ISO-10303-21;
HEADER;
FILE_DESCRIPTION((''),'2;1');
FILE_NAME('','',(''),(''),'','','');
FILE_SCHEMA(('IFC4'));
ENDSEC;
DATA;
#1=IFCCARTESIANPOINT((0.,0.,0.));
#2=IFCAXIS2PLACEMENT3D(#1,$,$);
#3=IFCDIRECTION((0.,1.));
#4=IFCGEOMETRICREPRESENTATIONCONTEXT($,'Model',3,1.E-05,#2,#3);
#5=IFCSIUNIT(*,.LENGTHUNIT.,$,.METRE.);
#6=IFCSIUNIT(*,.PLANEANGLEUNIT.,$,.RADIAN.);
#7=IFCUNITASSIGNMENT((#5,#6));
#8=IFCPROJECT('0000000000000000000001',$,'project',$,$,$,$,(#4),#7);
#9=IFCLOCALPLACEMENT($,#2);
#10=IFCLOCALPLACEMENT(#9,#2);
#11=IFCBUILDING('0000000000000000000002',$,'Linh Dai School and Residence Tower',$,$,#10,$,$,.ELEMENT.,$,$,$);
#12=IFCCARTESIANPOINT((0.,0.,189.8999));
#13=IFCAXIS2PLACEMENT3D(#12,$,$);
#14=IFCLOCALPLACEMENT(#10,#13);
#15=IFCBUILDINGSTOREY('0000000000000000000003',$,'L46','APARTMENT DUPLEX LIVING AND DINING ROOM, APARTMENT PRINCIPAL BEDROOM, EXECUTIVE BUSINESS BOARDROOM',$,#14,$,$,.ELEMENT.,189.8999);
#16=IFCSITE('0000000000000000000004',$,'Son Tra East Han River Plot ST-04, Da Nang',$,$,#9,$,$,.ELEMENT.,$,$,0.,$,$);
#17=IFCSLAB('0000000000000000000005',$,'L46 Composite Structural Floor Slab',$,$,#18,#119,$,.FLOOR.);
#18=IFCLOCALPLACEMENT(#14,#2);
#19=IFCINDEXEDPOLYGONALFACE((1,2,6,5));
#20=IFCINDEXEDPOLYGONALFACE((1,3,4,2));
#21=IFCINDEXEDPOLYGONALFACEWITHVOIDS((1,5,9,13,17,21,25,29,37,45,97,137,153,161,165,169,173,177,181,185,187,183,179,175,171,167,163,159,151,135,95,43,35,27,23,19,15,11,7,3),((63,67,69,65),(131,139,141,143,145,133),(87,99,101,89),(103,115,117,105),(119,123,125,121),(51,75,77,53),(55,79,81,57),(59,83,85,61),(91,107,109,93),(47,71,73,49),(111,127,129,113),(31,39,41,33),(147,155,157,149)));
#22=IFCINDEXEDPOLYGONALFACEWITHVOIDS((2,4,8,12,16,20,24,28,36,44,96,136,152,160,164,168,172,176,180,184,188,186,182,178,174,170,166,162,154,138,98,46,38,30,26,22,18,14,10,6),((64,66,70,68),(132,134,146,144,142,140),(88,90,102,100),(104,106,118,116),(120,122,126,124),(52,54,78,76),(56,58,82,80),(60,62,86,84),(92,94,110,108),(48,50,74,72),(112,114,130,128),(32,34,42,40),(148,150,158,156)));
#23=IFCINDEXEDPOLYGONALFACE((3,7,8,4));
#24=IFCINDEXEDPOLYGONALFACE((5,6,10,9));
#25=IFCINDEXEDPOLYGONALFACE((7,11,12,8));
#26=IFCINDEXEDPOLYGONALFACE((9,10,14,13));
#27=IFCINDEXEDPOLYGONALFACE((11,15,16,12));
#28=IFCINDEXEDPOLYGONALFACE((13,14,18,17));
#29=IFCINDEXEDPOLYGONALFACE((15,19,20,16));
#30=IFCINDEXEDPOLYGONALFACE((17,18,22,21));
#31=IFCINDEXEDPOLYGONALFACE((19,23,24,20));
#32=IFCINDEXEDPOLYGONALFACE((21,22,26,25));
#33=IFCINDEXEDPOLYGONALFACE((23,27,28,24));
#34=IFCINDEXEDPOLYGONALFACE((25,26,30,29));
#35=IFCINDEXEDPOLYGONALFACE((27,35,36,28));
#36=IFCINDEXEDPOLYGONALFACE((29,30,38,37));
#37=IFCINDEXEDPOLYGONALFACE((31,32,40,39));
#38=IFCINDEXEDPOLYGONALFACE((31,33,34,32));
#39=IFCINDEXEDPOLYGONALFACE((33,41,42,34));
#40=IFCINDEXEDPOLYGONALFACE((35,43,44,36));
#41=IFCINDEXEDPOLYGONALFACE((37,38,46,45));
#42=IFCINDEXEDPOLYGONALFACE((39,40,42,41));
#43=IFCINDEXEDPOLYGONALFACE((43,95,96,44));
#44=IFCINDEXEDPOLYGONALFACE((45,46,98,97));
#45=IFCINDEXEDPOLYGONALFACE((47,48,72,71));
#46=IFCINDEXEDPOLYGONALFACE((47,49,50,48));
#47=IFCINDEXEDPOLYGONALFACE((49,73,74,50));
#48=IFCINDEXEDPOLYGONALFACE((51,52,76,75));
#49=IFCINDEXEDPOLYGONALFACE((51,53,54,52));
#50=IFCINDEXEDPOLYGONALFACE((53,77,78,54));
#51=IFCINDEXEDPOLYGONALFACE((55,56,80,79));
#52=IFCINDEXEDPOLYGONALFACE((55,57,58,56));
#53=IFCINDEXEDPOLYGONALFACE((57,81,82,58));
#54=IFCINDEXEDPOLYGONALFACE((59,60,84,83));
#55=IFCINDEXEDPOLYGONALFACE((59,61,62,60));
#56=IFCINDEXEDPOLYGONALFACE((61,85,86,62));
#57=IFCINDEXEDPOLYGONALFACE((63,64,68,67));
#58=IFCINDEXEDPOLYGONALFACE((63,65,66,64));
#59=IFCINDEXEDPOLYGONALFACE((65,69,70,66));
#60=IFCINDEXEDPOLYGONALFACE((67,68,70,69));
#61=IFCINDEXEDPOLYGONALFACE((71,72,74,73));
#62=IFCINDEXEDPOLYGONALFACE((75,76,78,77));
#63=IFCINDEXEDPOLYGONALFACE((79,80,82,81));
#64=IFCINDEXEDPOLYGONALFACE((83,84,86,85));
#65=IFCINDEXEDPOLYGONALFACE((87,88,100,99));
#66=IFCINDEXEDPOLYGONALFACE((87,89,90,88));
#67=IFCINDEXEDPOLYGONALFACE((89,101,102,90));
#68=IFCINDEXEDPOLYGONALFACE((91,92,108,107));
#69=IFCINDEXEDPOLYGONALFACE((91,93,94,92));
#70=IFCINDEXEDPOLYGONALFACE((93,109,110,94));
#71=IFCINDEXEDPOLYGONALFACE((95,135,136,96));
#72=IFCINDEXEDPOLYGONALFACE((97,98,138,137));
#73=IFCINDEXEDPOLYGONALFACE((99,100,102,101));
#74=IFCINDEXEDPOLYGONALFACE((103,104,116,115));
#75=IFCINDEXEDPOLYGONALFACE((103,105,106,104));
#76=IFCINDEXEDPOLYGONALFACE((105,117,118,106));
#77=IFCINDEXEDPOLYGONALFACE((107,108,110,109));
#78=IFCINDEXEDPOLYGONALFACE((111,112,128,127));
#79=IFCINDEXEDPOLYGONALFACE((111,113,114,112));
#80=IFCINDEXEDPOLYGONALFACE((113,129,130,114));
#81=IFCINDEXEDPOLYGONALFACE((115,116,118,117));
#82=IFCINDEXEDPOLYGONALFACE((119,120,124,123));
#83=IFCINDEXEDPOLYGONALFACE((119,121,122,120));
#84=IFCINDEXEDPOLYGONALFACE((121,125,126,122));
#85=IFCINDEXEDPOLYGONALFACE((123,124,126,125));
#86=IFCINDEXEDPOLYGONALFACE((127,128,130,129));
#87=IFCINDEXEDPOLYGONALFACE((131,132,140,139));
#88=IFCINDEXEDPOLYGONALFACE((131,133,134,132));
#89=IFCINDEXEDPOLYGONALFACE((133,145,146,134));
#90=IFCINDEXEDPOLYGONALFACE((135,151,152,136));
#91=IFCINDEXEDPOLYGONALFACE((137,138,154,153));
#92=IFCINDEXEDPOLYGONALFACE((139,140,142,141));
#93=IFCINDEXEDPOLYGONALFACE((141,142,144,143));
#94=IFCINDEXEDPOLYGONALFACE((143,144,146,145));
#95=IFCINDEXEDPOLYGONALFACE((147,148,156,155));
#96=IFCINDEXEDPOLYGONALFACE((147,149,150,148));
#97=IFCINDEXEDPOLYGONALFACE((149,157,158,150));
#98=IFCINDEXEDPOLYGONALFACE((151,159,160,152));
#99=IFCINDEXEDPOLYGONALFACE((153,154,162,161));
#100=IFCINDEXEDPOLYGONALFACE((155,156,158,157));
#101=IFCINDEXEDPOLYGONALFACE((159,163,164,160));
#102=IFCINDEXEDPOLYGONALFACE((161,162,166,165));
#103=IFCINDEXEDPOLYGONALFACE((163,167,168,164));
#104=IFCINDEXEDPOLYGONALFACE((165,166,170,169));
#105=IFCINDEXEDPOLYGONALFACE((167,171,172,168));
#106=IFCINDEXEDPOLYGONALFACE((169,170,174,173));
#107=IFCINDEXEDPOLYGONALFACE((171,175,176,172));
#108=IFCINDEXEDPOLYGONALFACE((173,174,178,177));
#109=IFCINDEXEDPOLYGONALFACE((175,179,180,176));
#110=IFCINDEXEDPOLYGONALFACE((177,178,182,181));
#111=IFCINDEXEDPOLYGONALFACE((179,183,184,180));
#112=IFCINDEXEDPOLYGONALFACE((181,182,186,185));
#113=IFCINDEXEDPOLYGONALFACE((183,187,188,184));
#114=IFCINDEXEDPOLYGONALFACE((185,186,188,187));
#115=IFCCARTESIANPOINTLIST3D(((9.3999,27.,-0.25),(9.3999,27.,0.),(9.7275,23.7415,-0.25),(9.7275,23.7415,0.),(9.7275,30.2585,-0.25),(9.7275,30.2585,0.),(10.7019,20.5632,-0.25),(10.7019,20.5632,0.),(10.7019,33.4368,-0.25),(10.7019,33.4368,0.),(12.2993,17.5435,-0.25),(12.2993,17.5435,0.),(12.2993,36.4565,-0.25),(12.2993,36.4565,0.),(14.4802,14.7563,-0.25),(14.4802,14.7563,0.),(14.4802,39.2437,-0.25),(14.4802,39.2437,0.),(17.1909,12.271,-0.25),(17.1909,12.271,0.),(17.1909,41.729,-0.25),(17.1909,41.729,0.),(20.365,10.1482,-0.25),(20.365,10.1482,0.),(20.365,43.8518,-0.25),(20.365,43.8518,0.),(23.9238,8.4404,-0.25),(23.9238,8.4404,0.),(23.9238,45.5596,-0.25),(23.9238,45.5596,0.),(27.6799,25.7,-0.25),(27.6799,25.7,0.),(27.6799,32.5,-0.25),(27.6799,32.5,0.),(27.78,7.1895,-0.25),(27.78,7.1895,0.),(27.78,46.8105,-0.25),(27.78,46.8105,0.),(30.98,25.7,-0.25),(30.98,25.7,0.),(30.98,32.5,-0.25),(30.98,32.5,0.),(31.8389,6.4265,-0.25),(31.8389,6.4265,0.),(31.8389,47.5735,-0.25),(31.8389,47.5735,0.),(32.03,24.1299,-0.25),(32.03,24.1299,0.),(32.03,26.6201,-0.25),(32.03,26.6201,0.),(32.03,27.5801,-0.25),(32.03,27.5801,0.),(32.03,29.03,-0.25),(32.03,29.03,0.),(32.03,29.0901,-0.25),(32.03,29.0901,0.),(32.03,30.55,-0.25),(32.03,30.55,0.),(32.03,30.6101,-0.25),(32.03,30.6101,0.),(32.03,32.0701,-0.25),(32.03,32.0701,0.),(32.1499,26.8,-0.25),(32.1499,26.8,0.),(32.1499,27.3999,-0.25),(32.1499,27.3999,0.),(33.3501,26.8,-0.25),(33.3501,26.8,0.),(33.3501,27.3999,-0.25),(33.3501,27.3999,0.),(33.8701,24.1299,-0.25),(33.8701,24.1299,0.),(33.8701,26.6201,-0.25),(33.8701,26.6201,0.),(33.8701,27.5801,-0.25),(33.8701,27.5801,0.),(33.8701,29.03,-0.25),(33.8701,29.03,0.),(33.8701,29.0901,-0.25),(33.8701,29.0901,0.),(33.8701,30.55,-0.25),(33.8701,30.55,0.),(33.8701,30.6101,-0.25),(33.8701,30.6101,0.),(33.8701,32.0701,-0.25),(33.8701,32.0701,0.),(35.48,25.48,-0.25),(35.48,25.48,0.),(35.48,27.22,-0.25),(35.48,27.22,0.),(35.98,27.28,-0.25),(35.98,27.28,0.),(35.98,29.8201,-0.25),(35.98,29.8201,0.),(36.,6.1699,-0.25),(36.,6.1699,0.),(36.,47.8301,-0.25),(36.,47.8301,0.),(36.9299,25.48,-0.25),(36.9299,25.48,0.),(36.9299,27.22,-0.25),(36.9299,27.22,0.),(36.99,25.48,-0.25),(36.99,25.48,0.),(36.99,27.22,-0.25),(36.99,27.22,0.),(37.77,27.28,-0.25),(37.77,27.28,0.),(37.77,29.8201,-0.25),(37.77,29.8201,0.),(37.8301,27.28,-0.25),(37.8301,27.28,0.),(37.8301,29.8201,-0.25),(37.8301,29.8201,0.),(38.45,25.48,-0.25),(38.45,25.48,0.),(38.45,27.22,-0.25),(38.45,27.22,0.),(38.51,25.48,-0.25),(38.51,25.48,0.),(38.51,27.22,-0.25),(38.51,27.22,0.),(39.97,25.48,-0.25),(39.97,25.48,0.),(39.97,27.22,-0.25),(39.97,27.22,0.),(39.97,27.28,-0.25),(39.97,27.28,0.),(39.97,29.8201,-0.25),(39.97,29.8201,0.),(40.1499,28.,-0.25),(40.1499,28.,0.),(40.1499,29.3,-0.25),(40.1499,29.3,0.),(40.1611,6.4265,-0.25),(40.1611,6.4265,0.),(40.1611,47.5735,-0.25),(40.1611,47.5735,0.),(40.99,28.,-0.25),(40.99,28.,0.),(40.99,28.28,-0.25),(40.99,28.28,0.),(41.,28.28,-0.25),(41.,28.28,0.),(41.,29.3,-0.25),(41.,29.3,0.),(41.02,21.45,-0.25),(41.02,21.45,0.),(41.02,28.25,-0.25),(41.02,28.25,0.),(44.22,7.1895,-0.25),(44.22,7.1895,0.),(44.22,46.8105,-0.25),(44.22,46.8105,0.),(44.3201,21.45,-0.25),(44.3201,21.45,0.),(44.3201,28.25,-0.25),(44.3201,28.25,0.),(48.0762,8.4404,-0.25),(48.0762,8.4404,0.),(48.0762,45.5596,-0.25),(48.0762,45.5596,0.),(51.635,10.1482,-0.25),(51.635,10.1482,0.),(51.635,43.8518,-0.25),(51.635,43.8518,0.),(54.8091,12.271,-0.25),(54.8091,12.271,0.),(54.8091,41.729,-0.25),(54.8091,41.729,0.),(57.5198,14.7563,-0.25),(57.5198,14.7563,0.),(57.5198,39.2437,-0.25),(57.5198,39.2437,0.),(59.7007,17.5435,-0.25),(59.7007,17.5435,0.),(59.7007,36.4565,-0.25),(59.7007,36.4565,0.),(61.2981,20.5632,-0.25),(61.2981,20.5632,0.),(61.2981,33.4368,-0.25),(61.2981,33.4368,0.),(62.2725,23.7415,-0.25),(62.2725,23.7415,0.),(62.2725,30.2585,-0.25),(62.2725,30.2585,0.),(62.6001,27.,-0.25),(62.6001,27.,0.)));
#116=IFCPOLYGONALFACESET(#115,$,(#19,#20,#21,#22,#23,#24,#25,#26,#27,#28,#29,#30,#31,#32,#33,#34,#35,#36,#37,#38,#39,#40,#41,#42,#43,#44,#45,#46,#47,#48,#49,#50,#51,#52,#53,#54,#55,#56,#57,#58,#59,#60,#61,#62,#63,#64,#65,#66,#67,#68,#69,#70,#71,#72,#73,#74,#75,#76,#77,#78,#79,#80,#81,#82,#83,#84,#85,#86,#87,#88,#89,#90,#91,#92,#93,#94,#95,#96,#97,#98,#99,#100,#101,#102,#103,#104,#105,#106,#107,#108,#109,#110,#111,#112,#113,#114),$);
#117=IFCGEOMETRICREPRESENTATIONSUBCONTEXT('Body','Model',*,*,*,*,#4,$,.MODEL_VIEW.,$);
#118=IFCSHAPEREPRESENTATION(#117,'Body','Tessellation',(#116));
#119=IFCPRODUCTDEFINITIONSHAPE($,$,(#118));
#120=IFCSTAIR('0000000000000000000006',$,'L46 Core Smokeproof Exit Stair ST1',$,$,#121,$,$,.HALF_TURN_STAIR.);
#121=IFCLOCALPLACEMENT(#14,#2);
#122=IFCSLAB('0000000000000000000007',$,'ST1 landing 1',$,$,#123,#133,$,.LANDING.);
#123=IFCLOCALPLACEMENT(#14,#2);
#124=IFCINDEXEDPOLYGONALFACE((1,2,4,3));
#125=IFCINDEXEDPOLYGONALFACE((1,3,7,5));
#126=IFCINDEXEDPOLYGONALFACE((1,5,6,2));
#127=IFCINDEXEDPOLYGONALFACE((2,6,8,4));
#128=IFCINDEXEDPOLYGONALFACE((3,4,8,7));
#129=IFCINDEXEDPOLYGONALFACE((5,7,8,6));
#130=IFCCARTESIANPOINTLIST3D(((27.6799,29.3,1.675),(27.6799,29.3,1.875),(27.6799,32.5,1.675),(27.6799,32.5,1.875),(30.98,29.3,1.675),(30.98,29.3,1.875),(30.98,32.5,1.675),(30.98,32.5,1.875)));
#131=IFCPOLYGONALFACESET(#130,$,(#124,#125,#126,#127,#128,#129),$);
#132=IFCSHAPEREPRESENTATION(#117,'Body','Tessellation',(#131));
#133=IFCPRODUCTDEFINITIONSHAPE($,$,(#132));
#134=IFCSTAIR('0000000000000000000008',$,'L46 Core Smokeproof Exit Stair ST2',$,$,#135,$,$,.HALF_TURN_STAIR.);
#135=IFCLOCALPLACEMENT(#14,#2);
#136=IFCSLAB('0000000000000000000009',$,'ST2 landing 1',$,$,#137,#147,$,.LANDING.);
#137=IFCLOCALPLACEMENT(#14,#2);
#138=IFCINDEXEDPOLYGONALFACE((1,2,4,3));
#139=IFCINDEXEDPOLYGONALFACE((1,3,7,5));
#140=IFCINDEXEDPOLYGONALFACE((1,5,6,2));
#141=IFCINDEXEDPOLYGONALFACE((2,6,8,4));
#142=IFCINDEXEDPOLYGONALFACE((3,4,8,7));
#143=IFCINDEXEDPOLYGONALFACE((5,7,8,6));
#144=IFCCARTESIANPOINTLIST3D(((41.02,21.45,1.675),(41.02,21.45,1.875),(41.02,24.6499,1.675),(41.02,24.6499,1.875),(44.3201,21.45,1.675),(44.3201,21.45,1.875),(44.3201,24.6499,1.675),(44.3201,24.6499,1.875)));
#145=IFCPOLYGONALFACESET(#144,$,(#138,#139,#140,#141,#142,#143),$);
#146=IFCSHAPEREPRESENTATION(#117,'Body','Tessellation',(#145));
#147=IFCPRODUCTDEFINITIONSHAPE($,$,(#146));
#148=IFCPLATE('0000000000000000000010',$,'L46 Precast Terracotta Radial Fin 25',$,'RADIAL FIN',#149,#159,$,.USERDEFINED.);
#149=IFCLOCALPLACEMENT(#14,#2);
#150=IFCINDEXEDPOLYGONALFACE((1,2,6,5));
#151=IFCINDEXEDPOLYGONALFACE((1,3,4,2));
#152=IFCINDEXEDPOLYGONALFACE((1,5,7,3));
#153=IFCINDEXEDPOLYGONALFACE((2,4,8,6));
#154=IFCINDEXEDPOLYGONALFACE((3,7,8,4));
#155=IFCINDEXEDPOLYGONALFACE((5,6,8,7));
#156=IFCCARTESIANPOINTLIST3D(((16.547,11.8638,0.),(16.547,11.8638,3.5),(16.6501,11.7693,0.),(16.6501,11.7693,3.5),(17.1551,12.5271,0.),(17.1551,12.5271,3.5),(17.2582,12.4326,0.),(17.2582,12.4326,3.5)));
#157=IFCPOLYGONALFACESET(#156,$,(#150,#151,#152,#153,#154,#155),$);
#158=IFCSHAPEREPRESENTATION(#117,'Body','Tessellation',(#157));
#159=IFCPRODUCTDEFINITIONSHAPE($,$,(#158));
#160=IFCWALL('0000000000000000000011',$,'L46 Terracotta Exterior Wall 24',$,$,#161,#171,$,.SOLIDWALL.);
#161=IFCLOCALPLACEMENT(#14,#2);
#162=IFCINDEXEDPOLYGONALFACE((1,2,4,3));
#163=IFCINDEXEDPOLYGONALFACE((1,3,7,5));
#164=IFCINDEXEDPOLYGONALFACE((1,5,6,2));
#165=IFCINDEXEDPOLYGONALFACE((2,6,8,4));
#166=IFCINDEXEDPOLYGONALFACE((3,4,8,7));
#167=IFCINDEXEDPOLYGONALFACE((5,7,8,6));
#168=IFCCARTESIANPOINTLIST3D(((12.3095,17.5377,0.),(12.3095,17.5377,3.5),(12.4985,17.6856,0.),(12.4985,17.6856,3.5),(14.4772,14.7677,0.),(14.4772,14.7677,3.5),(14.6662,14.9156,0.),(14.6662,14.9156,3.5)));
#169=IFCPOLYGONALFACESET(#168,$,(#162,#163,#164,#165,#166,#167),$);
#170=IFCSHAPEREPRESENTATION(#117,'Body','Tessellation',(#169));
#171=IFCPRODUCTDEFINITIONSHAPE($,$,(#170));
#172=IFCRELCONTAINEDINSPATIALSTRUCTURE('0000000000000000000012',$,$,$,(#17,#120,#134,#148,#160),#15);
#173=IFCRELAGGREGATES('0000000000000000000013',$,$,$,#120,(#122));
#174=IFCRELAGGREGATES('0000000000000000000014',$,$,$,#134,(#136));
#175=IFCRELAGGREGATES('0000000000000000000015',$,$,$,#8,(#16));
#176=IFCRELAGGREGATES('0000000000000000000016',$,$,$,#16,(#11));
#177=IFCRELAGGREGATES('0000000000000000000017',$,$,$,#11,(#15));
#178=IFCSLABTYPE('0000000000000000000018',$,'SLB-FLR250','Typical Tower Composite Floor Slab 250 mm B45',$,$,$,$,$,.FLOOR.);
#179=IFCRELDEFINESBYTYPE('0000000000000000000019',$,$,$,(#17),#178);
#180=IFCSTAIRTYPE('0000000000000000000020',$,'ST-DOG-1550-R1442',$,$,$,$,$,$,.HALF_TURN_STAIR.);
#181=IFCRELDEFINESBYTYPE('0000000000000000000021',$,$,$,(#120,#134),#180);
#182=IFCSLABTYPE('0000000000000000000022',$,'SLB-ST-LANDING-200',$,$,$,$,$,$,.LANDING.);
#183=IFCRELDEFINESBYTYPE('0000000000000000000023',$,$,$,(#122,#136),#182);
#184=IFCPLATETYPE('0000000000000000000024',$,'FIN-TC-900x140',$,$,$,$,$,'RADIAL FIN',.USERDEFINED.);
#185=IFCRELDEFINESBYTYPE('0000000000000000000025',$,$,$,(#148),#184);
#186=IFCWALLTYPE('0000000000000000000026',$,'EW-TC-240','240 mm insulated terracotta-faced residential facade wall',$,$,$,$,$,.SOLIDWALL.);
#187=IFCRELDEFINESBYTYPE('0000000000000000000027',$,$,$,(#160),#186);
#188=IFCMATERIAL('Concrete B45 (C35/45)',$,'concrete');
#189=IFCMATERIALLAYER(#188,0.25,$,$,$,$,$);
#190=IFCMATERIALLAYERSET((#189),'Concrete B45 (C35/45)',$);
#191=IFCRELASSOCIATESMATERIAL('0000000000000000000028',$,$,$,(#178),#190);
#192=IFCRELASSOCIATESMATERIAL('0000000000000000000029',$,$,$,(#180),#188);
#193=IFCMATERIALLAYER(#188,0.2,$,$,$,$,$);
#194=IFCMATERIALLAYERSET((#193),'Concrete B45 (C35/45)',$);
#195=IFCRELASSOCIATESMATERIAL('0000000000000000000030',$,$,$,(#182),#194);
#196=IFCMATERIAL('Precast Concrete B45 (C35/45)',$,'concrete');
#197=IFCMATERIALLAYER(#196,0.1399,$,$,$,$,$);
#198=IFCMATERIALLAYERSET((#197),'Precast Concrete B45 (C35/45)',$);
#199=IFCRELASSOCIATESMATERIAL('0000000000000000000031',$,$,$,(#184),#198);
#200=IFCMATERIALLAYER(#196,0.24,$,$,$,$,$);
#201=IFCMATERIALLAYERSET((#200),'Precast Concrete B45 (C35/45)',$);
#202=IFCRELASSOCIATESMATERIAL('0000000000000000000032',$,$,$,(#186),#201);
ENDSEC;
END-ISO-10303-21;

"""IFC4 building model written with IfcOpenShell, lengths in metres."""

from ifc_helpers import new_model, si_unit, direction, frame, frame_2d, origin, origin_2d, place, context, subcontext, project, spatial, polyline, rectangle, outline, extrude, source, transform, mapped, material, layer, layer_set, type_object, element, aggregate, save


model = new_model("IFC4")

# Units and contexts
model_context = context("Model", 3, precision=1e-05, world=origin(), true_north=direction((0.0, 1.0)))
body_context = subcontext(model_context, "Body", "Model", "MODEL_VIEW")
ifc_project = project(units=[si_unit("LENGTHUNIT", "METRE"), si_unit("PLANEANGLEUNIT", "RADIAN")], contexts=[model_context])

# Site, building, storey
site_placement = place(None, origin())
site = spatial("IfcSite", under=ifc_project, at=site_placement, Name="Son Tra East Han River Plot ST-04, Da Nang", CompositionType="ELEMENT", RefElevation=0.0)
building_placement = place(site_placement, origin())
building = spatial("IfcBuilding", under=site, at=building_placement, Name="Linh Dai School and Residence Tower", CompositionType="ELEMENT")
storey_placement = place(building_placement, frame((0.0, 0.0, 189.8999)))
storey = spatial("IfcBuildingStorey", under=building, at=storey_placement, Name="L46", Description="APARTMENT DUPLEX LIVING AND DINING ROOM, APARTMENT PRINCIPAL BEDROOM, EXECUTIVE BUSINESS BOARDROOM", CompositionType="ELEMENT", Elevation=189.8999)

# Slab
ifc_material_1 = material(Name="Concrete B45 (C35/45)", Category="concrete")
ifc_layer_1 = layer(ifc_material_1, 0.25)
ifc_layer_set_1 = layer_set([ifc_layer_1], Name="Concrete B45 (C35/45)")
slab_type_1 = type_object("IfcSlabType", Name="SLB-FLR250", Description="Typical Tower Composite Floor Slab 250 mm B45", PredefinedType="FLOOR", material=ifc_layer_set_1)
slab_1_placement = place(storey_placement, frame((0.0, 0.0, -0.25)))
element("IfcSlab", 1, at=slab_1_placement, inside=storey, type_object=slab_type_1, Name="L46 Composite Structural Floor Slab", PredefinedType="FLOOR", context=body_context, shape_type="SweptSolid", body=[
    extrude(outline(polyline([(62.6001, 27.0), (62.2725, 30.2585), (61.2981, 33.4368), (59.7007, 36.4565), (57.5198, 39.2437), (54.8091, 41.729), (51.635, 43.8518), (48.0762, 45.5596), (44.22, 46.8105), (40.1611, 47.5735), (36.0, 47.8301), (31.8389, 47.5735), (27.78, 46.8105), (23.9238, 45.5596), (20.365, 43.8518), (17.1909, 41.729), (14.4802, 39.2437), (12.2993, 36.4565), (10.7019, 33.4368), (9.7275, 30.2585), (9.3999, 27.0), (9.7275, 23.7415), (10.7019, 20.5632), (12.2993, 17.5435), (14.4802, 14.7563), (17.1909, 12.271), (20.365, 10.1482), (23.9238, 8.4404), (27.78, 7.1895), (31.8389, 6.4265), (36.0, 6.1699), (40.1611, 6.4265), (44.22, 7.1895), (48.0762, 8.4404), (51.635, 10.1482), (54.8091, 12.271), (57.5198, 14.7563), (59.7007, 17.5435), (61.2981, 20.5632), (62.2725, 23.7415), (62.6001, 27.0)]), holes=[polyline([(30.98, 25.7), (30.98, 32.5), (27.6799, 32.5), (27.6799, 25.7), (30.98, 25.7)]), polyline([(41.02, 28.25), (41.02, 21.45), (44.3201, 21.45), (44.3201, 28.25), (41.02, 28.25)]), polyline([(35.98, 27.28), (37.77, 27.28), (37.77, 29.8201), (35.98, 29.8201), (35.98, 27.28)]), polyline([(32.03, 24.1299), (33.8701, 24.1299), (33.8701, 26.6201), (32.03, 26.6201), (32.03, 24.1299)]), polyline([(37.8301, 27.28), (39.97, 27.28), (39.97, 29.8201), (37.8301, 29.8201), (37.8301, 27.28)]), polyline([(32.03, 27.5801), (33.8701, 27.5801), (33.8701, 29.03), (32.03, 29.03), (32.03, 27.5801)]), polyline([(32.03, 29.0901), (33.8701, 29.0901), (33.8701, 30.55), (32.03, 30.55), (32.03, 29.0901)]), polyline([(32.03, 30.6101), (33.8701, 30.6101), (33.8701, 32.0701), (32.03, 32.0701), (32.03, 30.6101)]), polyline([(35.48, 25.48), (36.9299, 25.48), (36.9299, 27.22), (35.48, 27.22), (35.48, 25.48)]), polyline([(36.99, 25.48), (38.45, 25.48), (38.45, 27.22), (36.99, 27.22), (36.99, 25.48)]), polyline([(38.51, 25.48), (39.97, 25.48), (39.97, 27.22), (38.51, 27.22), (38.51, 25.48)]), polyline([(40.1499, 28.0), (40.1499, 29.3), (41.0, 29.3), (41.0, 28.28), (40.99, 28.28), (40.99, 28.0), (40.1499, 28.0)]), polyline([(32.1499, 26.8), (33.3501, 26.8), (33.3501, 27.3999), (32.1499, 27.3999), (32.1499, 26.8)])]), origin(), (0.0, 0.0, 1.0), 0.25),
])

# Stairs, slabs
stair_type = type_object("IfcStairType", Name="ST-DOG-1550-R1442", PredefinedType="HALF_TURN_STAIR", material=ifc_material_1)
stair_1_placement = place(storey_placement, origin())
stair_1 = element("IfcStair", 2, at=stair_1_placement, inside=storey, type_object=stair_type, Name="L46 Core Smokeproof Exit Stair ST1", PredefinedType="HALF_TURN_STAIR")
ifc_layer_2 = layer(ifc_material_1, 0.2)
ifc_layer_set_2 = layer_set([ifc_layer_2], Name="Concrete B45 (C35/45)")
slab_type_2 = type_object("IfcSlabType", Name="SLB-ST-LANDING-200", PredefinedType="LANDING", material=ifc_layer_set_2)
slab_2_placement = place(storey_placement, frame((0.0, 0.0, 1.675)))
slab_2 = element("IfcSlab", 3, at=slab_2_placement, type_object=slab_type_2, Name="ST1 landing 1", PredefinedType="LANDING", context=body_context, shape_type="SweptSolid", body=[
    extrude(outline(polyline([(30.98, 29.3), (30.98, 32.5), (27.6799, 32.5), (27.6799, 29.3), (30.98, 29.3)])), origin(), (0.0, 0.0, 1.0), 0.2),
])
aggregate(stair_1, [slab_2])
stair_2_placement = place(storey_placement, origin())
stair_2 = element("IfcStair", 4, at=stair_2_placement, inside=storey, type_object=stair_type, Name="L46 Core Smokeproof Exit Stair ST2", PredefinedType="HALF_TURN_STAIR")
slab_3_placement = place(storey_placement, frame((0.0, 0.0, 1.675)))
slab_3 = element("IfcSlab", 5, at=slab_3_placement, type_object=slab_type_2, Name="ST2 landing 1", PredefinedType="LANDING", context=body_context, shape_type="SweptSolid", body=[
    extrude(outline(polyline([(41.02, 24.6499), (41.02, 21.45), (44.3201, 21.45), (44.3201, 24.6499), (41.02, 24.6499)])), origin(), (0.0, 0.0, 1.0), 0.2),
])
aggregate(stair_2, [slab_3])

# Plate
ifc_material_2 = material(Name="Precast Concrete B45 (C35/45)", Category="concrete")
ifc_layer_3 = layer(ifc_material_2, 0.1399)
ifc_layer_set_3 = layer_set([ifc_layer_3], Name="Precast Concrete B45 (C35/45)")
plate_type = type_object("IfcPlateType", Name="FIN-TC-900x140", ElementType="RADIAL FIN", PredefinedType="USERDEFINED", material=ifc_layer_set_3)
shared_shape_1 = source(origin(), body_context, "Body", "SweptSolid", [
    extrude(rectangle(XDim=0.8999, YDim=0.1399, at=origin_2d()), origin(), (0.0, 0.0, 1.0), 3.5),
])
plate_placement = place(storey_placement, frame((16.9026, 12.1482, 0.0), z_axis=(0.0, 0.0, 1.0), x_axis=(-0.6758, -0.737085, 0.0)))
element("IfcPlate", 6, at=plate_placement, inside=storey, type_object=plate_type, Name="L46 Precast Terracotta Radial Fin 25", ObjectType="RADIAL FIN", PredefinedType="USERDEFINED", context=body_context, shape_type="MappedRepresentation", body=[
    mapped(shared_shape_1, transform((0.0, 0.0, 0.0), x_axis=(1.0, 0.0, 0.0), y_axis=(0.0, 1.0, 0.0), z_axis=(0.0, 0.0, 1.0), scale=1.0)),
])

# Wall
ifc_layer_4 = layer(ifc_material_2, 0.24)
ifc_layer_set_4 = layer_set([ifc_layer_4], Name="Precast Concrete B45 (C35/45)")
wall_type_1 = type_object("IfcWallType", Name="EW-TC-240", Description="240 mm insulated terracotta-faced residential facade wall", PredefinedType="SOLIDWALL", material=ifc_layer_set_4)
wall_1_placement = place(storey_placement, frame((14.5718, 14.8416, 0.0), z_axis=(0.0, 0.0, 1.0), x_axis=(-0.616288, 0.787521, 0.0)))
element("IfcWall", 7, at=wall_1_placement, inside=storey, type_object=wall_type_1, Name="L46 Terracotta Exterior Wall 24", PredefinedType="SOLIDWALL", context=body_context, shape_type="SweptSolid", body=[
    extrude(rectangle(XDim=3.5173, YDim=0.24, at=frame_2d((1.7588, 0.0))), origin(), (0.0, 0.0, 1.0), 3.5),
])

save(model, "model.ifc")
